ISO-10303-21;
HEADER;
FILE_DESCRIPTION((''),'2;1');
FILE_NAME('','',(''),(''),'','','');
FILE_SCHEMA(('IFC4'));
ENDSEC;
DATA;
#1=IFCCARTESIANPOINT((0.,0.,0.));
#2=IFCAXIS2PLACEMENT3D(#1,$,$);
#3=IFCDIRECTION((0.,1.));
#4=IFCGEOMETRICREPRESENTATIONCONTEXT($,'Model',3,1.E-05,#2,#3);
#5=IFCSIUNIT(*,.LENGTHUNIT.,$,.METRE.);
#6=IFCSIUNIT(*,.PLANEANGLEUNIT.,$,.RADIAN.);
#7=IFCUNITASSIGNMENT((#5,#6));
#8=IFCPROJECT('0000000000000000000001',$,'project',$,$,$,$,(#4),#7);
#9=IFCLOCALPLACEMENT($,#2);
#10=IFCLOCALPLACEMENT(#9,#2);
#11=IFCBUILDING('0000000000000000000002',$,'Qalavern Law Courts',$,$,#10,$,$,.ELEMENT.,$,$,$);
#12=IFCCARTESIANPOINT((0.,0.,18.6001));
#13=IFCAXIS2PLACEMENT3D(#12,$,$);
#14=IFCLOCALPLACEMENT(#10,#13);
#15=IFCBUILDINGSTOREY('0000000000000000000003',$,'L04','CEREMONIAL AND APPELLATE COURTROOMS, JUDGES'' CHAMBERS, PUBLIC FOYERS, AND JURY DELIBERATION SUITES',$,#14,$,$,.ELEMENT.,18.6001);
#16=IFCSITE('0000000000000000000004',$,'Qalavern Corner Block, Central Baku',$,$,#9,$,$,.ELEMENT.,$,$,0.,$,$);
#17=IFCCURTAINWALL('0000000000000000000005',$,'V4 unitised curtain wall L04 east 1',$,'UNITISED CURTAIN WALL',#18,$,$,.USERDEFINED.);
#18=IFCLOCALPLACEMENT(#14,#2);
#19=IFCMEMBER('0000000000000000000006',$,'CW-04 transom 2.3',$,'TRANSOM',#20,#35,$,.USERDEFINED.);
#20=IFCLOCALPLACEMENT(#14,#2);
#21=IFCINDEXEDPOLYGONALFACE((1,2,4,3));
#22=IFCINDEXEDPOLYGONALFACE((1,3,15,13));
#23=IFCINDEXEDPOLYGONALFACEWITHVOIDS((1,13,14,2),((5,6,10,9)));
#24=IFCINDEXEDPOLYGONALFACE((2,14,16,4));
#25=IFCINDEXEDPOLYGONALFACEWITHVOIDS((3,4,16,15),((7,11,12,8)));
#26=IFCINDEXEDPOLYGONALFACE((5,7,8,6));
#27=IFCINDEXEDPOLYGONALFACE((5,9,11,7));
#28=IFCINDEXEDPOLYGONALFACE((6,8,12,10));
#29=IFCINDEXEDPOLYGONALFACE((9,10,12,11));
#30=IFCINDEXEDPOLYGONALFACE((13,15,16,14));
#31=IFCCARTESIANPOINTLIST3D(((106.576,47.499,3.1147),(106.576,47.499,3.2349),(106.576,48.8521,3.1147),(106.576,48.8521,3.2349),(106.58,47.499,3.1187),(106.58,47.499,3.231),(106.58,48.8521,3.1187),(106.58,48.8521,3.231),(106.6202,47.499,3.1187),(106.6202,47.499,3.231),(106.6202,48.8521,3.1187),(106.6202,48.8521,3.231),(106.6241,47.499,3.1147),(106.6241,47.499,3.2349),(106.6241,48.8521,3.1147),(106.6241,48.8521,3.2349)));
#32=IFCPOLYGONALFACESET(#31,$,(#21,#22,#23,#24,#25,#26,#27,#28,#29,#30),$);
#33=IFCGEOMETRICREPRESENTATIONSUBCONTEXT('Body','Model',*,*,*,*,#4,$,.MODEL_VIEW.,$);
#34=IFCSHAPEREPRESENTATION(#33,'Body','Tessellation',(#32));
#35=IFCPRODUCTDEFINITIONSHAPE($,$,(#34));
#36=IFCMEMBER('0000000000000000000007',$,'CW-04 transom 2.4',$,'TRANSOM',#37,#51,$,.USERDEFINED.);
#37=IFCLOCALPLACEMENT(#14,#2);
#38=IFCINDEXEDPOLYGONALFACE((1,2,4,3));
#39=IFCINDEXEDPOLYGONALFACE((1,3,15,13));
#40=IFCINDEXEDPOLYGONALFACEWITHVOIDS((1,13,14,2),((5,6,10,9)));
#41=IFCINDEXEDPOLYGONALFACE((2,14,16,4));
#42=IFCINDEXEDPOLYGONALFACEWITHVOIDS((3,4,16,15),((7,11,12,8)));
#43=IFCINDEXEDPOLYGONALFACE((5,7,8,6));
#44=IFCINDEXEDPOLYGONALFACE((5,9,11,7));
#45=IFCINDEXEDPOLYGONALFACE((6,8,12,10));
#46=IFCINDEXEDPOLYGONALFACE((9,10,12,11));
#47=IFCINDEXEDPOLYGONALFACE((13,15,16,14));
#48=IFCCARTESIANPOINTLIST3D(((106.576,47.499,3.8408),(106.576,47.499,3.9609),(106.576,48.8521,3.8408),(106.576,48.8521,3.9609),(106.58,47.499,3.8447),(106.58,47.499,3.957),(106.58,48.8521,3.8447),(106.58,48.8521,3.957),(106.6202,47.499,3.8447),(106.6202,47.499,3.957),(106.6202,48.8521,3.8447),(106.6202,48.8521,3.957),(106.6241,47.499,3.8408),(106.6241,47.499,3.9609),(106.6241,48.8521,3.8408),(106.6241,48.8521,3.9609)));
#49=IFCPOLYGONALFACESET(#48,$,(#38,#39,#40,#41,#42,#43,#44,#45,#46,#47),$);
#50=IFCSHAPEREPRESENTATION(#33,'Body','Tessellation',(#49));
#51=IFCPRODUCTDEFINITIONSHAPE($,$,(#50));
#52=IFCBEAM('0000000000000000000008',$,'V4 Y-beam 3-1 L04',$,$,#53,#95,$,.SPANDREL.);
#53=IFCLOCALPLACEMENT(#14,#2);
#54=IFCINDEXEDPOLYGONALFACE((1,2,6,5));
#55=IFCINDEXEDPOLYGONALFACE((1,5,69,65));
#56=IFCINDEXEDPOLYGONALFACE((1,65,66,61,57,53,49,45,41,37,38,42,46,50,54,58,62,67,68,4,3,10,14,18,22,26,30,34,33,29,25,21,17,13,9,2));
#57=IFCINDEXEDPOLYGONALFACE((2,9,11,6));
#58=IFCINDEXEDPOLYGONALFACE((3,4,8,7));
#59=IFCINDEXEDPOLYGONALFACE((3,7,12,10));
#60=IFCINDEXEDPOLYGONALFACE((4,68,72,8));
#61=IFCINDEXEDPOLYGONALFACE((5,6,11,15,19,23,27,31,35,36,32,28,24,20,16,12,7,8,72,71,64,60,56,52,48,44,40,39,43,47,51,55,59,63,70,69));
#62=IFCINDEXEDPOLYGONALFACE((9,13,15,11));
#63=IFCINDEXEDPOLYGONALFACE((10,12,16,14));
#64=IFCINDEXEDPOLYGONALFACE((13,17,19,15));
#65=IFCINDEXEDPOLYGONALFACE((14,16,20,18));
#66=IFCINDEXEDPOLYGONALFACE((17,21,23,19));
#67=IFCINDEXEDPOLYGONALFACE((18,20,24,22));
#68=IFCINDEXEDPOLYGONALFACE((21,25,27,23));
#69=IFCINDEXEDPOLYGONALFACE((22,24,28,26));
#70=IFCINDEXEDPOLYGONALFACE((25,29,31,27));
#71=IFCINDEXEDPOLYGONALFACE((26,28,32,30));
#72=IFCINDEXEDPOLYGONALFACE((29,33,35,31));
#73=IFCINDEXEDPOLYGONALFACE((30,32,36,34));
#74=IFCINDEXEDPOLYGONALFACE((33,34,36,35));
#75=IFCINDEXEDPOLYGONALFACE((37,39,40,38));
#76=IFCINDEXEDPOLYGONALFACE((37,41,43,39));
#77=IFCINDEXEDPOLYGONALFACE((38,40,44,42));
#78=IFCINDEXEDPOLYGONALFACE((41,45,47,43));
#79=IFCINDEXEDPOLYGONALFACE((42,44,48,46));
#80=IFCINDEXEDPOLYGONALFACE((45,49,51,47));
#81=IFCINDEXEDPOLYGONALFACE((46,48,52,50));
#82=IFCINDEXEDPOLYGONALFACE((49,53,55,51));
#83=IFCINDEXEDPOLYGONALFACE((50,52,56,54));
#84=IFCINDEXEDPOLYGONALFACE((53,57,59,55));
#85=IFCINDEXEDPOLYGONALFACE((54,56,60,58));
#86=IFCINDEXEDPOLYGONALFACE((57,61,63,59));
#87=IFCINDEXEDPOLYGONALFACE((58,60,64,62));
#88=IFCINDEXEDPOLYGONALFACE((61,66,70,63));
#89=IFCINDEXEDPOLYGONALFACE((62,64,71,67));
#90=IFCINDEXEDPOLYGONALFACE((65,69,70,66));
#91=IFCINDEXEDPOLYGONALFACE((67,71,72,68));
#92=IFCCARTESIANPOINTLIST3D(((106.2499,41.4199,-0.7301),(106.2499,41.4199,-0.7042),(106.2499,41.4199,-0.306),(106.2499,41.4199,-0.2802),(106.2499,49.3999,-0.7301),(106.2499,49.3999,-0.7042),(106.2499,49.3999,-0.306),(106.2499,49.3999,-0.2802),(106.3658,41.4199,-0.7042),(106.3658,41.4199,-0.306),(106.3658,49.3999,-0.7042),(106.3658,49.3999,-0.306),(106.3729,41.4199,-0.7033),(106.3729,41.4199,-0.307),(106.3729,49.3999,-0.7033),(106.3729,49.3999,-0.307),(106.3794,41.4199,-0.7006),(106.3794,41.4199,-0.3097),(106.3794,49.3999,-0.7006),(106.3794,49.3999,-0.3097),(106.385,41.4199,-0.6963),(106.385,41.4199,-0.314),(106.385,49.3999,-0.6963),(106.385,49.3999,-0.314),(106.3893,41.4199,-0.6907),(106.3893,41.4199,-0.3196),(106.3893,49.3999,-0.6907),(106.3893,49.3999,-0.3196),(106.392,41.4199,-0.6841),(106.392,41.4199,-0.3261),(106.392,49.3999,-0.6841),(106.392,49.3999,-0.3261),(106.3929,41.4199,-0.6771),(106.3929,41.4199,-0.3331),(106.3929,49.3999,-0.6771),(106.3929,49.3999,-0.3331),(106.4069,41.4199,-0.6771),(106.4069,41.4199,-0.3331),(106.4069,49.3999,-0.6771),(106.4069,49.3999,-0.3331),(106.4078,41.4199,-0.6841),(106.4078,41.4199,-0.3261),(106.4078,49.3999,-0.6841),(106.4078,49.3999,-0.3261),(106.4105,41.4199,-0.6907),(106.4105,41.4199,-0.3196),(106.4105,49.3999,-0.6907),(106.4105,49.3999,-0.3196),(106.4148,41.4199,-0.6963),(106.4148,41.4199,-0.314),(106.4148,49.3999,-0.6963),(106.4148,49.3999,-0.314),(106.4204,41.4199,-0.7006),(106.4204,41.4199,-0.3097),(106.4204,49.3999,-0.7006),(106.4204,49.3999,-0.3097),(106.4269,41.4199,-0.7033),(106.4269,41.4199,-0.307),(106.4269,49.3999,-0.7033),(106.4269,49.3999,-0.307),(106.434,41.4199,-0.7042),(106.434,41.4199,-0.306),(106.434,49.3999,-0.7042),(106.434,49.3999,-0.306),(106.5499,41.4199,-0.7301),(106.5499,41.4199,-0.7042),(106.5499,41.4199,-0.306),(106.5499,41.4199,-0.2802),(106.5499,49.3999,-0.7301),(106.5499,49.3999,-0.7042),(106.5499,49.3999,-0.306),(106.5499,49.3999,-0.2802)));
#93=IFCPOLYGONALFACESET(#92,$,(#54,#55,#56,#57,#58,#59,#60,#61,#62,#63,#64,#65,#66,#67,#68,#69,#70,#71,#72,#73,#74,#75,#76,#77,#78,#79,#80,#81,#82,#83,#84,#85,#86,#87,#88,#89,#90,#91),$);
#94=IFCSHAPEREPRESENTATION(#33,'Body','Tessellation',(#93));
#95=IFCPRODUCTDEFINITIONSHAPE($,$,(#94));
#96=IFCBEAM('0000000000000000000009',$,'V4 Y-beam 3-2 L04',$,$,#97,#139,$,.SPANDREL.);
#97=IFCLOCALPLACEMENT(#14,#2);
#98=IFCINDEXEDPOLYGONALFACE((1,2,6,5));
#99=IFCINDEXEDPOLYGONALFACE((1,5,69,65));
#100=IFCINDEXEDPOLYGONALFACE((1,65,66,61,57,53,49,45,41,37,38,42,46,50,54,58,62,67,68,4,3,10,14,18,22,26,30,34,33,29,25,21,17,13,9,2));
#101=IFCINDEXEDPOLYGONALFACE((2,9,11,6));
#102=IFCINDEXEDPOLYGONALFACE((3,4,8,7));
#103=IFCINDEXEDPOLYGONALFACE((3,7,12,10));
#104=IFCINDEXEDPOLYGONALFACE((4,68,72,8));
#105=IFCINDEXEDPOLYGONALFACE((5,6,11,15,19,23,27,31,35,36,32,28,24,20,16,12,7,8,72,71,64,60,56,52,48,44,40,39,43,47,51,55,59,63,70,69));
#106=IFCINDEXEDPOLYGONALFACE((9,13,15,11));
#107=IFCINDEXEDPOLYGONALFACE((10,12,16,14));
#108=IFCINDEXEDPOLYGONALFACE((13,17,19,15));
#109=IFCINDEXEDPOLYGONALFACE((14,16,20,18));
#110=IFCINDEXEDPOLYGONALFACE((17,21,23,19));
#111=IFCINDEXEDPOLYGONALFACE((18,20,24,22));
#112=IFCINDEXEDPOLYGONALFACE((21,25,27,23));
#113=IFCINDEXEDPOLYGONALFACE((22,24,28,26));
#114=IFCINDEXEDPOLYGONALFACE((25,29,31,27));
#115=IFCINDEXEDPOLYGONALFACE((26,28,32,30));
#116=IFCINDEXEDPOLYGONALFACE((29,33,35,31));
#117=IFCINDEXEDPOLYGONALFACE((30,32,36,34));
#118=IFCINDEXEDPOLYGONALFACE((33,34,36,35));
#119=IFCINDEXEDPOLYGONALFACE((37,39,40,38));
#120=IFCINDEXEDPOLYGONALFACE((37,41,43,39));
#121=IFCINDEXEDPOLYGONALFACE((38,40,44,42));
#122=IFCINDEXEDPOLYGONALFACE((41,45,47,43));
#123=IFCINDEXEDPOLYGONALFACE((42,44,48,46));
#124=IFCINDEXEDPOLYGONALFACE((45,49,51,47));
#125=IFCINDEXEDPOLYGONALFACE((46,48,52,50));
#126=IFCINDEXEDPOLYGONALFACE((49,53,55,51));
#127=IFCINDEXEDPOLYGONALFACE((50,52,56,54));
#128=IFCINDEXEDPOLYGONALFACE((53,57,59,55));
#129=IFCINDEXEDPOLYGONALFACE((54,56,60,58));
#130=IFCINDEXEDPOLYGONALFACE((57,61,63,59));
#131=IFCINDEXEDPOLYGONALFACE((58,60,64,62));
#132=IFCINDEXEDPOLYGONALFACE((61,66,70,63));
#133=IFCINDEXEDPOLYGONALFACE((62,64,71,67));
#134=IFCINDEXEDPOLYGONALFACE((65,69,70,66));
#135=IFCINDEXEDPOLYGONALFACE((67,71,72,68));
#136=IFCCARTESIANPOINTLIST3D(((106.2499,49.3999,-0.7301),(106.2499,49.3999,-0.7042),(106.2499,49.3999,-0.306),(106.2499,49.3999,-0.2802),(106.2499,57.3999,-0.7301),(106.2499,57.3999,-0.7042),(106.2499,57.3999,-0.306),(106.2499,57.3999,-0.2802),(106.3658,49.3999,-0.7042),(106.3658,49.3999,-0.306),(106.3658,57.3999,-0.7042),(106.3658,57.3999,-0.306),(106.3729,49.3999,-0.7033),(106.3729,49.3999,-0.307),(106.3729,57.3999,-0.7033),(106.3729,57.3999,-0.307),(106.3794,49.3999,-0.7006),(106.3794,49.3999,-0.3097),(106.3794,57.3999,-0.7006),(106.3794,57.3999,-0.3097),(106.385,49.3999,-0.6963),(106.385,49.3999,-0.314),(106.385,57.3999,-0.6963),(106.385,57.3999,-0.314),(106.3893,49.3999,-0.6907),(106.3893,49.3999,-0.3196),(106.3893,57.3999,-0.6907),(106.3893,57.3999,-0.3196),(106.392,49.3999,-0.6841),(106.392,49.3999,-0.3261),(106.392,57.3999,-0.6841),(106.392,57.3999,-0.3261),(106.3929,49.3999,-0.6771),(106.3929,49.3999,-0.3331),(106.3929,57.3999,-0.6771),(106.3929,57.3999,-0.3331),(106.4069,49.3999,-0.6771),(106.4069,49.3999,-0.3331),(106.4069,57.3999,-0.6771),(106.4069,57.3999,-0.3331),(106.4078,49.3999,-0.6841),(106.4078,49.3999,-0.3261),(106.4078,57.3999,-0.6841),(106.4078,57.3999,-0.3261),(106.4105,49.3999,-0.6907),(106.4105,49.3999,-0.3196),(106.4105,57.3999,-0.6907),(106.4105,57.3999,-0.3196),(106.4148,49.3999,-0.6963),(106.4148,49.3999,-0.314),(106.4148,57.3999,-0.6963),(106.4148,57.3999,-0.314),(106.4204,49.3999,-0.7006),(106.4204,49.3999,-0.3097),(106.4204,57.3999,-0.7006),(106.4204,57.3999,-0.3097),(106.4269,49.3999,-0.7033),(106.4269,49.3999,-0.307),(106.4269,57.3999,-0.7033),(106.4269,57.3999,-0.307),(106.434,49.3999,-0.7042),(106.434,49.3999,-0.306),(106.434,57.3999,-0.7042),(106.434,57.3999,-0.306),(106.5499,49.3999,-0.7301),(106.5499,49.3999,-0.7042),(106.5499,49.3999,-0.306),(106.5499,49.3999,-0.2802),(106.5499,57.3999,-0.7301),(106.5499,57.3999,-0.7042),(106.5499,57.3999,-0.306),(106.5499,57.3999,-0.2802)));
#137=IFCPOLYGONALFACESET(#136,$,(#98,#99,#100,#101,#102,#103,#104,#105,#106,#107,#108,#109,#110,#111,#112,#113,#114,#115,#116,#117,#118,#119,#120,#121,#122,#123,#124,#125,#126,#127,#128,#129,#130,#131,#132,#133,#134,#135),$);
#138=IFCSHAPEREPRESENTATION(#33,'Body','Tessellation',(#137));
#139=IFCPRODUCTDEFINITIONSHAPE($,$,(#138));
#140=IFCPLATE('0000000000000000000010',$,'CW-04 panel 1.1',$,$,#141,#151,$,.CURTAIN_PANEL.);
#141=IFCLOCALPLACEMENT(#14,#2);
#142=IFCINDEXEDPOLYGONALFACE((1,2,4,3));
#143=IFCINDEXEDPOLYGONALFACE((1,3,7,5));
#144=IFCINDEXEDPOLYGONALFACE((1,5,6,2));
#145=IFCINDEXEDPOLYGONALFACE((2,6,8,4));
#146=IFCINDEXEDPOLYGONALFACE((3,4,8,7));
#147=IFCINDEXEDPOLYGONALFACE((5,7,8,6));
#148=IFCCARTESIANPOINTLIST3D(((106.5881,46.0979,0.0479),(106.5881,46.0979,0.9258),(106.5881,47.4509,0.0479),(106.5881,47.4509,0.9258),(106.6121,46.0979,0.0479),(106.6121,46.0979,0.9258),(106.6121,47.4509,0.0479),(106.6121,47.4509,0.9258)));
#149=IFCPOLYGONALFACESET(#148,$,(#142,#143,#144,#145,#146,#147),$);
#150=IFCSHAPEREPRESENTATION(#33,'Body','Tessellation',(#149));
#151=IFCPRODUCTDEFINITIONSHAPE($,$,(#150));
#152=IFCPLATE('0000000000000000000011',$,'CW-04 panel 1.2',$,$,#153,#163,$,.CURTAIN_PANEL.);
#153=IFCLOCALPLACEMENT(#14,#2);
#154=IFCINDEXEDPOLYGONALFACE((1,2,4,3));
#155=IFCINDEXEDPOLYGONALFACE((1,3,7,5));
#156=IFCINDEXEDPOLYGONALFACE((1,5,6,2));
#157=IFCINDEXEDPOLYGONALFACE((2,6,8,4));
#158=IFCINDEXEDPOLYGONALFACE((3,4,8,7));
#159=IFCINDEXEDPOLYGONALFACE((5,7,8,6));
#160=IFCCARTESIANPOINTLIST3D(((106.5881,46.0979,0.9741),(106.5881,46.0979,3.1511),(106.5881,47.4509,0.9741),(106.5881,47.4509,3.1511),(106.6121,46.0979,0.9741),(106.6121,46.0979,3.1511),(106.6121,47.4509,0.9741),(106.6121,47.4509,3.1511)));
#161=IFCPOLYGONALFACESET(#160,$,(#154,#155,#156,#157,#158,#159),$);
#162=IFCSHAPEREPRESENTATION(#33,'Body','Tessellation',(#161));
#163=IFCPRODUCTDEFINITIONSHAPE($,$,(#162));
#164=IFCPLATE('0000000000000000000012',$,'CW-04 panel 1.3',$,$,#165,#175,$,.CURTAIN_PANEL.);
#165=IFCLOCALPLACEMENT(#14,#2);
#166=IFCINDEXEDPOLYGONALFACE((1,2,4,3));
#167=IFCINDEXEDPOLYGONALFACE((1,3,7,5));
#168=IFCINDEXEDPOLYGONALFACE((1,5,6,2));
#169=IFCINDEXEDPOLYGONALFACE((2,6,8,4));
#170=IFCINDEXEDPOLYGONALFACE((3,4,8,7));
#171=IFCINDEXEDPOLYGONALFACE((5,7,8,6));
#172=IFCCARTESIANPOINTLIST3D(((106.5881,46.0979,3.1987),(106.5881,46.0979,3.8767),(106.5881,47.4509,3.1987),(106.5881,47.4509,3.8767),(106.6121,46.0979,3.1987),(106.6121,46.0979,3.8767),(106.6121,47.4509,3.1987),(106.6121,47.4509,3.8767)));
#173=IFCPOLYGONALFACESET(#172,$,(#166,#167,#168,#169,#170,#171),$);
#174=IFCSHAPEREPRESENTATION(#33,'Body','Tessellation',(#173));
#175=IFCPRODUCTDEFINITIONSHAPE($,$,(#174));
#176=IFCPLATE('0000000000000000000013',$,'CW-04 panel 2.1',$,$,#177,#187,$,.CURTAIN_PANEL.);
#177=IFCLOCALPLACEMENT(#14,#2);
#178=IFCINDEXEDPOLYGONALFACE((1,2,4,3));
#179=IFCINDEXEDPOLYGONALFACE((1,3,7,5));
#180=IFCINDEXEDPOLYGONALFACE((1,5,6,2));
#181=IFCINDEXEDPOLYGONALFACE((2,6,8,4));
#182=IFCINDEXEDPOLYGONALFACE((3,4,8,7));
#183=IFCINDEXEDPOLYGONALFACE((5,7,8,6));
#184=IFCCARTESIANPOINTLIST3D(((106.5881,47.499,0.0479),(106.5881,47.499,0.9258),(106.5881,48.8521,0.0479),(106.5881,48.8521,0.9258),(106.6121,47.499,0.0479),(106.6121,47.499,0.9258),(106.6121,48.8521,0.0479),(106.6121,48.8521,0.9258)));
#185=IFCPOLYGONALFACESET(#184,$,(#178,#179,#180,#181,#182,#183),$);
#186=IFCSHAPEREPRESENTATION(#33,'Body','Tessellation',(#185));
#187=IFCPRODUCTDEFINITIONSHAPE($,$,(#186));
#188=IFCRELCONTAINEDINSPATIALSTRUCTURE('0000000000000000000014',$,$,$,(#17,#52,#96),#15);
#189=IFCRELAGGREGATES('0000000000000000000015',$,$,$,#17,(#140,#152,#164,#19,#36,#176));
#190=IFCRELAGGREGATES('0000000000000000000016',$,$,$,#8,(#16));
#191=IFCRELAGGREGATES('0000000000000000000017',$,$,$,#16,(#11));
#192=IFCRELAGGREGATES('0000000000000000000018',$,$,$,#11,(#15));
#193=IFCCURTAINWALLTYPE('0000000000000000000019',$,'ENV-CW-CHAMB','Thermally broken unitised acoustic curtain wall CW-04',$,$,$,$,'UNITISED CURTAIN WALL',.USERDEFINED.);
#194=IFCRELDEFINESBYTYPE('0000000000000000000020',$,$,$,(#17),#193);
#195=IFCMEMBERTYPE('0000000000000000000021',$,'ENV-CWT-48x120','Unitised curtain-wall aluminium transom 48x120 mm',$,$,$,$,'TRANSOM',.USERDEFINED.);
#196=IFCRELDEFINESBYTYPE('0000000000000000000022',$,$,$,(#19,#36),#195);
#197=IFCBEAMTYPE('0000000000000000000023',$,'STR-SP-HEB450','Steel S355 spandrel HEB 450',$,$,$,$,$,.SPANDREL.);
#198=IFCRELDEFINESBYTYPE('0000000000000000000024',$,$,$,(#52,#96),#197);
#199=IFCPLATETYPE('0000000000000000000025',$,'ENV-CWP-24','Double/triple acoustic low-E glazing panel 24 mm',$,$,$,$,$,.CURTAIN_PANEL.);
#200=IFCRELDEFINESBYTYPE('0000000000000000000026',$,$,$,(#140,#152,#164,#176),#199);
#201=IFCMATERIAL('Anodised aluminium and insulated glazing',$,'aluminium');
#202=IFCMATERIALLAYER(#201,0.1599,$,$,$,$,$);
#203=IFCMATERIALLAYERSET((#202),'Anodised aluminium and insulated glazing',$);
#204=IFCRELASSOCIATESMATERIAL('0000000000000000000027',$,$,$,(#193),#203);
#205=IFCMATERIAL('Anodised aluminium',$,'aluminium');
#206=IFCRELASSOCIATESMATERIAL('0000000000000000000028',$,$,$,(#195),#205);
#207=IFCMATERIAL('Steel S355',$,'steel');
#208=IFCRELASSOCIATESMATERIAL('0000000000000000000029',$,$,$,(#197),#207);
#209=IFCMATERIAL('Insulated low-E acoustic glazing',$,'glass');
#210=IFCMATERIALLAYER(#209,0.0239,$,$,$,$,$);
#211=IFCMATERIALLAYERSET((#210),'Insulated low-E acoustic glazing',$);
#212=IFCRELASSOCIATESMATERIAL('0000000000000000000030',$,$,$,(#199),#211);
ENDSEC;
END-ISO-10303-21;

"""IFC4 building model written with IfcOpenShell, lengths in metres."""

from ifc_helpers import new_model, si_unit, direction, frame, origin, origin_2d, place, context, subcontext, project, spatial, rectangle, hollow_rectangle, i_section, extrude, material, layer, layer_set, material_profile, profile_set, type_object, element, aggregate, save


model = new_model("IFC4")

# Units and contexts
model_context = context("Model", 3, precision=1e-05, world=origin(), true_north=direction((0.0, 1.0)))
body_context = subcontext(model_context, "Body", "Model", "MODEL_VIEW")
ifc_project = project(units=[si_unit("LENGTHUNIT", "METRE"), si_unit("PLANEANGLEUNIT", "RADIAN")], contexts=[model_context])

# Site, building, storey
site_placement = place(None, origin())
site = spatial("IfcSite", under=ifc_project, at=site_placement, Name="Qalavern Corner Block, Central Baku", CompositionType="ELEMENT", RefElevation=0.0)
building_placement = place(site_placement, origin())
building = spatial("IfcBuilding", under=site, at=building_placement, Name="Qalavern Law Courts", CompositionType="ELEMENT")
storey_placement = place(building_placement, frame((0.0, 0.0, 18.6001)))
storey = spatial("IfcBuildingStorey", under=building, at=storey_placement, Name="L04", Description="CEREMONIAL AND APPELLATE COURTROOMS, JUDGES' CHAMBERS, PUBLIC FOYERS, AND JURY DELIBERATION SUITES", CompositionType="ELEMENT", Elevation=18.6001)

# Curtain wall, members
ifc_material_1 = material(Name="Anodised aluminium and insulated glazing", Category="aluminium")
ifc_layer_1 = layer(ifc_material_1, 0.1599)
ifc_layer_set_1 = layer_set([ifc_layer_1], Name="Anodised aluminium and insulated glazing")
curtain_wall_type = type_object("IfcCurtainWallType", Name="ENV-CW-CHAMB", Description="Thermally broken unitised acoustic curtain wall CW-04", ElementType="UNITISED CURTAIN WALL", PredefinedType="USERDEFINED", material=ifc_layer_set_1)
curtain_wall_placement = place(storey_placement, origin())
curtain_wall = element("IfcCurtainWall", 1, at=curtain_wall_placement, inside=storey, type_object=curtain_wall_type, Name="V4 unitised curtain wall L04 east 1", ObjectType="UNITISED CURTAIN WALL", PredefinedType="USERDEFINED")
ifc_material_2 = material(Name="Anodised aluminium", Category="aluminium")
ifc_material_profile_1 = material_profile(ifc_material_2, hollow_rectangle(XDim=0.0481, YDim=0.1201, WallThickness=0.0039, at=origin_2d()), Name="ALU TRANSOM 48x120")
ifc_profile_set_1 = profile_set([ifc_material_profile_1], Name="Anodised aluminium")
member_type_1 = type_object("IfcMemberType", Name="ENV-CWT-48x120", Description="Unitised curtain-wall aluminium transom 48x120 mm", ElementType="TRANSOM", PredefinedType="USERDEFINED", material=ifc_profile_set_1)
member_1_placement = place(storey_placement, frame((106.6001, 47.499, 3.1748), z_axis=(0.0, 1.0, 0.0), x_axis=(-1.0, 0.0, 0.0)))
member_1 = element("IfcMember", 2, at=member_1_placement, type_object=member_type_1, Name="CW-04 transom 2.3", ObjectType="TRANSOM", PredefinedType="USERDEFINED", context=body_context, shape_type="SweptSolid", body=[
    extrude(hollow_rectangle(XDim=0.0481, YDim=0.1201, WallThickness=0.0039, at=origin_2d()), origin(), (0.0, 0.0, 1.0), 1.353),
])
member_2_placement = place(storey_placement, frame((106.6001, 47.499, 3.9009), z_axis=(0.0, 1.0, 0.0), x_axis=(-1.0, 0.0, 0.0)))
member_2 = element("IfcMember", 3, at=member_2_placement, type_object=member_type_1, Name="CW-04 transom 2.4", ObjectType="TRANSOM", PredefinedType="USERDEFINED", context=body_context, shape_type="SweptSolid", body=[
    extrude(hollow_rectangle(XDim=0.0481, YDim=0.1201, WallThickness=0.0039, at=origin_2d()), origin(), (0.0, 0.0, 1.0), 1.353),
])

# Beams
ifc_material_3 = material(Name="Steel S355", Category="steel")
ifc_material_profile_2 = material_profile(ifc_material_3, i_section(OverallWidth=0.3, OverallDepth=0.45, WebThickness=0.0139, FlangeThickness=0.0259, FilletRadius=0.0271, at=origin_2d()), Name="HEB 450")
ifc_profile_set_2 = profile_set([ifc_material_profile_2], Name="Steel S355")
beam_type = type_object("IfcBeamType", Name="STR-SP-HEB450", Description="Steel S355 spandrel HEB 450", PredefinedType="SPANDREL", material=ifc_profile_set_2)
beam_1_placement = place(storey_placement, frame((106.3999, 41.4199, -0.5051), z_axis=(0.0, 1.0, 0.0), x_axis=(-1.0, 0.0, 0.0)))
element("IfcBeam", 4, at=beam_1_placement, inside=storey, type_object=beam_type, Name="V4 Y-beam 3-1 L04", PredefinedType="SPANDREL", context=body_context, shape_type="SweptSolid", body=[
    extrude(i_section(OverallWidth=0.3, OverallDepth=0.45, WebThickness=0.0139, FlangeThickness=0.0259, FilletRadius=0.0271, at=origin_2d()), origin(), (0.0, 0.0, 1.0), 7.98),
])
beam_2_placement = place(storey_placement, frame((106.3999, 49.3999, -0.5051), z_axis=(0.0, 1.0, 0.0), x_axis=(-1.0, 0.0, 0.0)))
element("IfcBeam", 5, at=beam_2_placement, inside=storey, type_object=beam_type, Name="V4 Y-beam 3-2 L04", PredefinedType="SPANDREL", context=body_context, shape_type="SweptSolid", body=[
    extrude(i_section(OverallWidth=0.3, OverallDepth=0.45, WebThickness=0.0139, FlangeThickness=0.0259, FilletRadius=0.0271, at=origin_2d()), origin(), (0.0, 0.0, 1.0), 8.0),
])

# Plates
ifc_material_4 = material(Name="Insulated low-E acoustic glazing", Category="glass")
ifc_layer_2 = layer(ifc_material_4, 0.0239)
ifc_layer_set_2 = layer_set([ifc_layer_2], Name="Insulated low-E acoustic glazing")
plate_type = type_object("IfcPlateType", Name="ENV-CWP-24", Description="Double/triple acoustic low-E glazing panel 24 mm", PredefinedType="CURTAIN_PANEL", material=ifc_layer_set_2)
plate_1_placement = place(storey_placement, frame((106.6001, 46.7744, 0.0479), z_axis=(0.0, 0.0, 1.0), x_axis=(0.0, 1.0, 0.0)))
plate_1 = element("IfcPlate", 6, at=plate_1_placement, type_object=plate_type, Name="CW-04 panel 1.1", PredefinedType="CURTAIN_PANEL", context=body_context, shape_type="SweptSolid", body=[
    extrude(rectangle(XDim=1.353, YDim=0.0239, at=origin_2d()), origin(), (0.0, 0.0, 1.0), 0.8779),
])
plate_2_placement = place(storey_placement, frame((106.6001, 46.7744, 0.9741), z_axis=(0.0, 0.0, 1.0), x_axis=(0.0, 1.0, 0.0)))
plate_2 = element("IfcPlate", 7, at=plate_2_placement, type_object=plate_type, Name="CW-04 panel 1.2", PredefinedType="CURTAIN_PANEL", context=body_context, shape_type="SweptSolid", body=[
    extrude(rectangle(XDim=1.353, YDim=0.0239, at=origin_2d()), origin(), (0.0, 0.0, 1.0), 2.177),
])
plate_3_placement = place(storey_placement, frame((106.6001, 46.7744, 3.1987), z_axis=(0.0, 0.0, 1.0), x_axis=(0.0, 1.0, 0.0)))
plate_3 = element("IfcPlate", 8, at=plate_3_placement, type_object=plate_type, Name="CW-04 panel 1.3", PredefinedType="CURTAIN_PANEL", context=body_context, shape_type="SweptSolid", body=[
    extrude(rectangle(XDim=1.353, YDim=0.0239, at=origin_2d()), origin(), (0.0, 0.0, 1.0), 0.678),
])
plate_4_placement = place(storey_placement, frame((106.6001, 48.1755, 0.0479), z_axis=(0.0, 0.0, 1.0), x_axis=(0.0, 1.0, 0.0)))
plate_4 = element("IfcPlate", 9, at=plate_4_placement, type_object=plate_type, Name="CW-04 panel 2.1", PredefinedType="CURTAIN_PANEL", context=body_context, shape_type="SweptSolid", body=[
    extrude(rectangle(XDim=1.353, YDim=0.0239, at=origin_2d()), origin(), (0.0, 0.0, 1.0), 0.8779),
])
aggregate(curtain_wall, [plate_1, plate_2, plate_3, member_1, member_2, plate_4])

save(model, "model.ifc")
